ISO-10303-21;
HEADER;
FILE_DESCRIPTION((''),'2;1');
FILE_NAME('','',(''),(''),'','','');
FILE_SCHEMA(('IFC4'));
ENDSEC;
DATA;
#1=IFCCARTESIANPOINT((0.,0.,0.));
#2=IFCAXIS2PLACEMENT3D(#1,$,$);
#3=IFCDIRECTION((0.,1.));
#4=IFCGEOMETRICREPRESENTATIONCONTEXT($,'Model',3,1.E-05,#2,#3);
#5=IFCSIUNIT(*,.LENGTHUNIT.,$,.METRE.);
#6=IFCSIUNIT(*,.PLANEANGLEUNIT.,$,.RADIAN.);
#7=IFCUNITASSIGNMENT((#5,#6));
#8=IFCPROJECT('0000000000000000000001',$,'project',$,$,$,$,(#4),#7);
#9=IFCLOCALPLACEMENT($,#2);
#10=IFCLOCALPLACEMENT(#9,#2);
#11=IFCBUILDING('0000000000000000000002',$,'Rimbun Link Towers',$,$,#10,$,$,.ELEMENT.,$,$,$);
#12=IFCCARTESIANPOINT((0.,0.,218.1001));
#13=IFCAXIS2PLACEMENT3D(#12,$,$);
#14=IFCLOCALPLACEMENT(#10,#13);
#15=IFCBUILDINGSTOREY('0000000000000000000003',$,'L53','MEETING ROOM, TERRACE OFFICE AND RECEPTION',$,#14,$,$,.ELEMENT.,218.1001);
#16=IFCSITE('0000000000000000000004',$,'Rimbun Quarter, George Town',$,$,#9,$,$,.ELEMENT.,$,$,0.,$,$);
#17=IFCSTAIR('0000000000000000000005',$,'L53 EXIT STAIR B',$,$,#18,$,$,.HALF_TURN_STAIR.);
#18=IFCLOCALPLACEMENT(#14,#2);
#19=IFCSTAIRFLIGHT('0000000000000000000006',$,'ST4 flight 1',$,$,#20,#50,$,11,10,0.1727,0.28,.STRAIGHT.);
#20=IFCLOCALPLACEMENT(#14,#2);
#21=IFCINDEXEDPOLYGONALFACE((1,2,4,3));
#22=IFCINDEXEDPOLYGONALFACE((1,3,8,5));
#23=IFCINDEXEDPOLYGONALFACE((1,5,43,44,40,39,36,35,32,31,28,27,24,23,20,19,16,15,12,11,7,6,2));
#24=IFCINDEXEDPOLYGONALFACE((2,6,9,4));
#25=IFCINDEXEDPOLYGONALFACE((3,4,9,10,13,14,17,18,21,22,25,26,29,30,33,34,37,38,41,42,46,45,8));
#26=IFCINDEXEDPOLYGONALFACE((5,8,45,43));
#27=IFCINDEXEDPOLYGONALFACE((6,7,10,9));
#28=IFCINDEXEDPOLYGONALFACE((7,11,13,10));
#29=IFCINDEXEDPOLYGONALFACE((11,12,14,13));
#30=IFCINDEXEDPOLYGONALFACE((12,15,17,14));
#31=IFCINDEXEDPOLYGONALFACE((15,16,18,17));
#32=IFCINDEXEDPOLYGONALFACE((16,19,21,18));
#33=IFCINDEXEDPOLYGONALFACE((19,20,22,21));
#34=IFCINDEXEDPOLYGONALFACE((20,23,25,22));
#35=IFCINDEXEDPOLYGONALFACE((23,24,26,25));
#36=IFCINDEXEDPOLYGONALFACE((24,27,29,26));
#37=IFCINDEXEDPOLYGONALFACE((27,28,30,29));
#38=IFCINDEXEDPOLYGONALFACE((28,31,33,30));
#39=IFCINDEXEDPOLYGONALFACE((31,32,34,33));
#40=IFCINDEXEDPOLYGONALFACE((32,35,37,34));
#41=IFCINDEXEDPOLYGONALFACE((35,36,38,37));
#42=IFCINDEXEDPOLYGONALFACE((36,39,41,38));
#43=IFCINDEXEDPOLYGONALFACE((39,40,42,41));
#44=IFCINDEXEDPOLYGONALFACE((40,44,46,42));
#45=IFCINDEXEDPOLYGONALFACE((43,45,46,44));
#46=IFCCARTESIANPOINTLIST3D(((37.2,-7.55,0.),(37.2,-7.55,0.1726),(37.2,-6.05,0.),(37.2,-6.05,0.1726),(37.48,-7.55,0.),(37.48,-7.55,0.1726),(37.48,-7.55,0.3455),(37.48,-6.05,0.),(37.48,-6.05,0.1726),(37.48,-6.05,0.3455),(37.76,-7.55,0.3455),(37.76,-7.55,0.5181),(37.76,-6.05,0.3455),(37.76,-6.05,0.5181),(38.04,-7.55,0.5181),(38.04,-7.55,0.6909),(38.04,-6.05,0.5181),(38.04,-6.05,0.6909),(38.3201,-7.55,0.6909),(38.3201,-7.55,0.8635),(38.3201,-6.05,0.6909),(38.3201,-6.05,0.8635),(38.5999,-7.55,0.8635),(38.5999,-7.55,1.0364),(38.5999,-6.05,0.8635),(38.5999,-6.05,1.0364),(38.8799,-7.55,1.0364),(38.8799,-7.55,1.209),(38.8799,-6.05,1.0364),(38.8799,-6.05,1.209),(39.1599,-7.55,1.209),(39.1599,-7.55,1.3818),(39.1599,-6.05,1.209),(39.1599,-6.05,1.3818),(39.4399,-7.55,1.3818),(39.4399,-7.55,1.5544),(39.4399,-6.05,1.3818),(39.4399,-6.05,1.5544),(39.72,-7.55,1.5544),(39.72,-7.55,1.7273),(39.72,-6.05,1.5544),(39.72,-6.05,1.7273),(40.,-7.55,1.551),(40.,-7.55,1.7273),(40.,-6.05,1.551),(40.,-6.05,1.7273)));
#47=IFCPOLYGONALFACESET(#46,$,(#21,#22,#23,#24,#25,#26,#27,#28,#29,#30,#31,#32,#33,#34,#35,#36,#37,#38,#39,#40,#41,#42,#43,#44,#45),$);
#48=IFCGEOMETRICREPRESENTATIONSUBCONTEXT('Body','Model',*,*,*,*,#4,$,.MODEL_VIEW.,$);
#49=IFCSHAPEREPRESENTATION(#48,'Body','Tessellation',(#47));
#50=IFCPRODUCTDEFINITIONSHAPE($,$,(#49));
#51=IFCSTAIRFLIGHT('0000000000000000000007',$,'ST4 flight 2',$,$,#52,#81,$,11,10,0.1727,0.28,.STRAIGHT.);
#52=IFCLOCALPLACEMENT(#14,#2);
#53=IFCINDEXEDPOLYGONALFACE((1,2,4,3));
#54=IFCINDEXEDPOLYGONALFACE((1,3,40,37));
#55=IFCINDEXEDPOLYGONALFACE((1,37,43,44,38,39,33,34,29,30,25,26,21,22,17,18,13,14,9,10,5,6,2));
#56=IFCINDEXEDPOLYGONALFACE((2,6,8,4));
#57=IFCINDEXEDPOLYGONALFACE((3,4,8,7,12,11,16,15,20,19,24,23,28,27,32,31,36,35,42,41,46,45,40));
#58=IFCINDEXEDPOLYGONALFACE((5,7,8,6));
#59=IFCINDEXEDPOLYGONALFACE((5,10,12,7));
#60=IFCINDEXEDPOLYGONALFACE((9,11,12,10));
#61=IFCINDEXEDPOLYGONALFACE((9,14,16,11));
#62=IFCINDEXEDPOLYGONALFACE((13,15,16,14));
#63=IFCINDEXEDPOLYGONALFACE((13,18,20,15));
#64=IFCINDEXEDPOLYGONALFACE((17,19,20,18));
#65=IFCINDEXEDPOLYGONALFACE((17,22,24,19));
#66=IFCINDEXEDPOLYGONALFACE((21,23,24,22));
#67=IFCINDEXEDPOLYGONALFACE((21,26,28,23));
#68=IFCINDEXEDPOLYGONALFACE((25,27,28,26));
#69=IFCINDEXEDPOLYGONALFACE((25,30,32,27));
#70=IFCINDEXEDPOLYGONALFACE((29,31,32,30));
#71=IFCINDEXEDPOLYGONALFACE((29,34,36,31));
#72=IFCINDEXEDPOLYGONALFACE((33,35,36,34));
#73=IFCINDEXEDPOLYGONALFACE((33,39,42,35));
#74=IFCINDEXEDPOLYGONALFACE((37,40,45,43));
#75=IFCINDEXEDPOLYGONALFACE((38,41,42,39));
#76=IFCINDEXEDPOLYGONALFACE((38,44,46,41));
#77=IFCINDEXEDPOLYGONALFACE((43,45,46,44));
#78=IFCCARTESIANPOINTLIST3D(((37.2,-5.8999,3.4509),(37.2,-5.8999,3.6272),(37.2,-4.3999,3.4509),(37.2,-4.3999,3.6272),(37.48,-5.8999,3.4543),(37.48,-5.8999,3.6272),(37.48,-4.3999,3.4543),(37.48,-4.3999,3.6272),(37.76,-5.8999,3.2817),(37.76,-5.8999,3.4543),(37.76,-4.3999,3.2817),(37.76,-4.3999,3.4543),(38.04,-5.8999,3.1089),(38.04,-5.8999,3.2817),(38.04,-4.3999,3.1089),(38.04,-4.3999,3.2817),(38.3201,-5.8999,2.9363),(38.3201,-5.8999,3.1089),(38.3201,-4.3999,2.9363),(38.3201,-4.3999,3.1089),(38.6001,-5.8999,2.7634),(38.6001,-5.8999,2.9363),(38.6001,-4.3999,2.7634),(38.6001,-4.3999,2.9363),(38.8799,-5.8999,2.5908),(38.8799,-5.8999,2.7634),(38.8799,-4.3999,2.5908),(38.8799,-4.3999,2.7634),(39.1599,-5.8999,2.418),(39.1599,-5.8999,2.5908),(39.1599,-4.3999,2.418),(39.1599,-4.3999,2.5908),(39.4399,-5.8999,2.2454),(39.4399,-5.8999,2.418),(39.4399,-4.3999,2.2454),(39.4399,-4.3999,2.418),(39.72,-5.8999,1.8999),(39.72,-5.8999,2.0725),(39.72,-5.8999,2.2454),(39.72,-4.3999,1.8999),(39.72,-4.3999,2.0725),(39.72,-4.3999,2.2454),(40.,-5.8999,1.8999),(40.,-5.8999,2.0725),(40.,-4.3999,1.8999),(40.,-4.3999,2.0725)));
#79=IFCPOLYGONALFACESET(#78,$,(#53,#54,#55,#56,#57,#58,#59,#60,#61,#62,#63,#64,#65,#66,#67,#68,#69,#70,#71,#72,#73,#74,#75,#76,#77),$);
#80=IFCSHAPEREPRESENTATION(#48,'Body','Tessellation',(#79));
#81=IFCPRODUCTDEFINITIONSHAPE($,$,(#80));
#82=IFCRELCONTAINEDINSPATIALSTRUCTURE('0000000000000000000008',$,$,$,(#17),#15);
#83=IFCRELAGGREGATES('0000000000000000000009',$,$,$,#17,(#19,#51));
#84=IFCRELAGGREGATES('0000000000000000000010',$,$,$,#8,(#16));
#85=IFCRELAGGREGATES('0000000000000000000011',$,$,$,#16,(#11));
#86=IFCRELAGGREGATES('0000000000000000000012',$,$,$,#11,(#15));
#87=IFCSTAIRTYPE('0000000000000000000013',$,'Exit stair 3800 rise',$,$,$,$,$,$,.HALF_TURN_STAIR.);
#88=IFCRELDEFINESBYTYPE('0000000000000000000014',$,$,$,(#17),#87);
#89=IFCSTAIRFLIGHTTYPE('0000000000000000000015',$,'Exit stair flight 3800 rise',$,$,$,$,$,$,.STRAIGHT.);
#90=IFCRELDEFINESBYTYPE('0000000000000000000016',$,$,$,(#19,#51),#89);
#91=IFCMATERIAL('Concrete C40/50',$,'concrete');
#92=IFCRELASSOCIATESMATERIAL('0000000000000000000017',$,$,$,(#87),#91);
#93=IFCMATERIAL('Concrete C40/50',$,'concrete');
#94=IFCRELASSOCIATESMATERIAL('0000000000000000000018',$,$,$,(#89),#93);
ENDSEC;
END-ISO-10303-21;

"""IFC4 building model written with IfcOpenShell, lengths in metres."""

from ifc_helpers import new_model, si_unit, direction, frame, origin, place, context, subcontext, project, spatial, polyline, outline, extrude, material, type_object, element, aggregate, save


model = new_model("IFC4")

# Units and contexts
model_context = context("Model", 3, precision=1e-05, world=origin(), true_north=direction((0.0, 1.0)))
body_context = subcontext(model_context, "Body", "Model", "MODEL_VIEW")
ifc_project = project(units=[si_unit("LENGTHUNIT", "METRE"), si_unit("PLANEANGLEUNIT", "RADIAN")], contexts=[model_context])

# Site, building, storey
site_placement = place(None, origin())
site = spatial("IfcSite", under=ifc_project, at=site_placement, Name="Rimbun Quarter, George Town", CompositionType="ELEMENT", RefElevation=0.0)
building_placement = place(site_placement, origin())
building = spatial("IfcBuilding", under=site, at=building_placement, Name="Rimbun Link Towers", CompositionType="ELEMENT")
storey_placement = place(building_placement, frame((0.0, 0.0, 218.1001)))
storey = spatial("IfcBuildingStorey", under=building, at=storey_placement, Name="L53", Description="MEETING ROOM, TERRACE OFFICE AND RECEPTION", CompositionType="ELEMENT", Elevation=218.1001)

# Stair, stair flights
ifc_material_1 = material(Name="Concrete C40/50", Category="concrete")
stair_type = type_object("IfcStairType", Name="Exit stair 3800 rise", PredefinedType="HALF_TURN_STAIR", material=ifc_material_1)
stair_placement = place(storey_placement, origin())
stair = element("IfcStair", 1, at=stair_placement, inside=storey, type_object=stair_type, Name="L53 EXIT STAIR B", PredefinedType="HALF_TURN_STAIR")
ifc_material_2 = material(Name="Concrete C40/50", Category="concrete")
stair_flight_type = type_object("IfcStairFlightType", Name="Exit stair flight 3800 rise", PredefinedType="STRAIGHT", material=ifc_material_2)
stair_flight_1_placement = place(storey_placement, frame((37.2, -6.8, 0.0), z_axis=(0.0, 0.0, 1.0), x_axis=(1.0, 0.0, 0.0)))
stair_flight_1 = element("IfcStairFlight", 2, at=stair_flight_1_placement, type_object=stair_flight_type, Name="ST4 flight 1", NumberOfRisers=11, NumberOfTreads=10, PredefinedType="STRAIGHT", RiserHeight=0.1727, TreadLength=0.28, context=body_context, shape_type="SweptSolid", body=[
    extrude(outline(polyline([(0.0, 0.0), (0.0, 0.1726), (0.28, 0.1726), (0.28, 0.3455), (0.5601, 0.3455), (0.5601, 0.5181), (0.8401, 0.5181), (0.8401, 0.6909), (1.1201, 0.6909), (1.1201, 0.8635), (1.3999, 0.8635), (1.3999, 1.0364), (1.6799, 1.0364), (1.6799, 1.209), (1.96, 1.209), (1.96, 1.3818), (2.24, 1.3818), (2.24, 1.5544), (2.52, 1.5544), (2.52, 1.7273), (2.8, 1.7273), (2.8, 1.8999), (2.8, 1.551), (0.28, 0.0), (0.0, 0.0)])), frame((0.0, 0.75, 0.0), z_axis=(0.0, -1.0, 0.0), x_axis=(1.0, 0.0, 0.0)), (0.0, 0.0, 1.0), 1.5),
])
stair_flight_2_placement = place(storey_placement, frame((40.0, -5.1499, 1.8999), z_axis=(0.0, 0.0, 1.0), x_axis=(-1.0, 0.0, 0.0)))
stair_flight_2 = element("IfcStairFlight", 3, at=stair_flight_2_placement, type_object=stair_flight_type, Name="ST4 flight 2", NumberOfRisers=11, NumberOfTreads=10, PredefinedType="STRAIGHT", RiserHeight=0.1727, TreadLength=0.28, context=body_context, shape_type="SweptSolid", body=[
    extrude(outline(polyline([(0.0, 0.0), (0.0, 0.1726), (0.28, 0.1726), (0.28, 0.3455), (0.5601, 0.3455), (0.5601, 0.5181), (0.8401, 0.5181), (0.8401, 0.6909), (1.1201, 0.6909), (1.1201, 0.8635), (1.3999, 0.8635), (1.3999, 1.0364), (1.6799, 1.0364), (1.6799, 1.209), (1.96, 1.209), (1.96, 1.3818), (2.24, 1.3818), (2.24, 1.5544), (2.52, 1.5544), (2.52, 1.7273), (2.8, 1.7273), (2.8, 1.8999), (2.8, 1.551), (0.28, 0.0), (0.0, 0.0)])), frame((0.0, 0.75, 0.0), z_axis=(0.0, -1.0, 0.0), x_axis=(1.0, 0.0, 0.0)), (0.0, 0.0, 1.0), 1.5),
])
aggregate(stair, [stair_flight_1, stair_flight_2])

save(model, "model.ifc")
